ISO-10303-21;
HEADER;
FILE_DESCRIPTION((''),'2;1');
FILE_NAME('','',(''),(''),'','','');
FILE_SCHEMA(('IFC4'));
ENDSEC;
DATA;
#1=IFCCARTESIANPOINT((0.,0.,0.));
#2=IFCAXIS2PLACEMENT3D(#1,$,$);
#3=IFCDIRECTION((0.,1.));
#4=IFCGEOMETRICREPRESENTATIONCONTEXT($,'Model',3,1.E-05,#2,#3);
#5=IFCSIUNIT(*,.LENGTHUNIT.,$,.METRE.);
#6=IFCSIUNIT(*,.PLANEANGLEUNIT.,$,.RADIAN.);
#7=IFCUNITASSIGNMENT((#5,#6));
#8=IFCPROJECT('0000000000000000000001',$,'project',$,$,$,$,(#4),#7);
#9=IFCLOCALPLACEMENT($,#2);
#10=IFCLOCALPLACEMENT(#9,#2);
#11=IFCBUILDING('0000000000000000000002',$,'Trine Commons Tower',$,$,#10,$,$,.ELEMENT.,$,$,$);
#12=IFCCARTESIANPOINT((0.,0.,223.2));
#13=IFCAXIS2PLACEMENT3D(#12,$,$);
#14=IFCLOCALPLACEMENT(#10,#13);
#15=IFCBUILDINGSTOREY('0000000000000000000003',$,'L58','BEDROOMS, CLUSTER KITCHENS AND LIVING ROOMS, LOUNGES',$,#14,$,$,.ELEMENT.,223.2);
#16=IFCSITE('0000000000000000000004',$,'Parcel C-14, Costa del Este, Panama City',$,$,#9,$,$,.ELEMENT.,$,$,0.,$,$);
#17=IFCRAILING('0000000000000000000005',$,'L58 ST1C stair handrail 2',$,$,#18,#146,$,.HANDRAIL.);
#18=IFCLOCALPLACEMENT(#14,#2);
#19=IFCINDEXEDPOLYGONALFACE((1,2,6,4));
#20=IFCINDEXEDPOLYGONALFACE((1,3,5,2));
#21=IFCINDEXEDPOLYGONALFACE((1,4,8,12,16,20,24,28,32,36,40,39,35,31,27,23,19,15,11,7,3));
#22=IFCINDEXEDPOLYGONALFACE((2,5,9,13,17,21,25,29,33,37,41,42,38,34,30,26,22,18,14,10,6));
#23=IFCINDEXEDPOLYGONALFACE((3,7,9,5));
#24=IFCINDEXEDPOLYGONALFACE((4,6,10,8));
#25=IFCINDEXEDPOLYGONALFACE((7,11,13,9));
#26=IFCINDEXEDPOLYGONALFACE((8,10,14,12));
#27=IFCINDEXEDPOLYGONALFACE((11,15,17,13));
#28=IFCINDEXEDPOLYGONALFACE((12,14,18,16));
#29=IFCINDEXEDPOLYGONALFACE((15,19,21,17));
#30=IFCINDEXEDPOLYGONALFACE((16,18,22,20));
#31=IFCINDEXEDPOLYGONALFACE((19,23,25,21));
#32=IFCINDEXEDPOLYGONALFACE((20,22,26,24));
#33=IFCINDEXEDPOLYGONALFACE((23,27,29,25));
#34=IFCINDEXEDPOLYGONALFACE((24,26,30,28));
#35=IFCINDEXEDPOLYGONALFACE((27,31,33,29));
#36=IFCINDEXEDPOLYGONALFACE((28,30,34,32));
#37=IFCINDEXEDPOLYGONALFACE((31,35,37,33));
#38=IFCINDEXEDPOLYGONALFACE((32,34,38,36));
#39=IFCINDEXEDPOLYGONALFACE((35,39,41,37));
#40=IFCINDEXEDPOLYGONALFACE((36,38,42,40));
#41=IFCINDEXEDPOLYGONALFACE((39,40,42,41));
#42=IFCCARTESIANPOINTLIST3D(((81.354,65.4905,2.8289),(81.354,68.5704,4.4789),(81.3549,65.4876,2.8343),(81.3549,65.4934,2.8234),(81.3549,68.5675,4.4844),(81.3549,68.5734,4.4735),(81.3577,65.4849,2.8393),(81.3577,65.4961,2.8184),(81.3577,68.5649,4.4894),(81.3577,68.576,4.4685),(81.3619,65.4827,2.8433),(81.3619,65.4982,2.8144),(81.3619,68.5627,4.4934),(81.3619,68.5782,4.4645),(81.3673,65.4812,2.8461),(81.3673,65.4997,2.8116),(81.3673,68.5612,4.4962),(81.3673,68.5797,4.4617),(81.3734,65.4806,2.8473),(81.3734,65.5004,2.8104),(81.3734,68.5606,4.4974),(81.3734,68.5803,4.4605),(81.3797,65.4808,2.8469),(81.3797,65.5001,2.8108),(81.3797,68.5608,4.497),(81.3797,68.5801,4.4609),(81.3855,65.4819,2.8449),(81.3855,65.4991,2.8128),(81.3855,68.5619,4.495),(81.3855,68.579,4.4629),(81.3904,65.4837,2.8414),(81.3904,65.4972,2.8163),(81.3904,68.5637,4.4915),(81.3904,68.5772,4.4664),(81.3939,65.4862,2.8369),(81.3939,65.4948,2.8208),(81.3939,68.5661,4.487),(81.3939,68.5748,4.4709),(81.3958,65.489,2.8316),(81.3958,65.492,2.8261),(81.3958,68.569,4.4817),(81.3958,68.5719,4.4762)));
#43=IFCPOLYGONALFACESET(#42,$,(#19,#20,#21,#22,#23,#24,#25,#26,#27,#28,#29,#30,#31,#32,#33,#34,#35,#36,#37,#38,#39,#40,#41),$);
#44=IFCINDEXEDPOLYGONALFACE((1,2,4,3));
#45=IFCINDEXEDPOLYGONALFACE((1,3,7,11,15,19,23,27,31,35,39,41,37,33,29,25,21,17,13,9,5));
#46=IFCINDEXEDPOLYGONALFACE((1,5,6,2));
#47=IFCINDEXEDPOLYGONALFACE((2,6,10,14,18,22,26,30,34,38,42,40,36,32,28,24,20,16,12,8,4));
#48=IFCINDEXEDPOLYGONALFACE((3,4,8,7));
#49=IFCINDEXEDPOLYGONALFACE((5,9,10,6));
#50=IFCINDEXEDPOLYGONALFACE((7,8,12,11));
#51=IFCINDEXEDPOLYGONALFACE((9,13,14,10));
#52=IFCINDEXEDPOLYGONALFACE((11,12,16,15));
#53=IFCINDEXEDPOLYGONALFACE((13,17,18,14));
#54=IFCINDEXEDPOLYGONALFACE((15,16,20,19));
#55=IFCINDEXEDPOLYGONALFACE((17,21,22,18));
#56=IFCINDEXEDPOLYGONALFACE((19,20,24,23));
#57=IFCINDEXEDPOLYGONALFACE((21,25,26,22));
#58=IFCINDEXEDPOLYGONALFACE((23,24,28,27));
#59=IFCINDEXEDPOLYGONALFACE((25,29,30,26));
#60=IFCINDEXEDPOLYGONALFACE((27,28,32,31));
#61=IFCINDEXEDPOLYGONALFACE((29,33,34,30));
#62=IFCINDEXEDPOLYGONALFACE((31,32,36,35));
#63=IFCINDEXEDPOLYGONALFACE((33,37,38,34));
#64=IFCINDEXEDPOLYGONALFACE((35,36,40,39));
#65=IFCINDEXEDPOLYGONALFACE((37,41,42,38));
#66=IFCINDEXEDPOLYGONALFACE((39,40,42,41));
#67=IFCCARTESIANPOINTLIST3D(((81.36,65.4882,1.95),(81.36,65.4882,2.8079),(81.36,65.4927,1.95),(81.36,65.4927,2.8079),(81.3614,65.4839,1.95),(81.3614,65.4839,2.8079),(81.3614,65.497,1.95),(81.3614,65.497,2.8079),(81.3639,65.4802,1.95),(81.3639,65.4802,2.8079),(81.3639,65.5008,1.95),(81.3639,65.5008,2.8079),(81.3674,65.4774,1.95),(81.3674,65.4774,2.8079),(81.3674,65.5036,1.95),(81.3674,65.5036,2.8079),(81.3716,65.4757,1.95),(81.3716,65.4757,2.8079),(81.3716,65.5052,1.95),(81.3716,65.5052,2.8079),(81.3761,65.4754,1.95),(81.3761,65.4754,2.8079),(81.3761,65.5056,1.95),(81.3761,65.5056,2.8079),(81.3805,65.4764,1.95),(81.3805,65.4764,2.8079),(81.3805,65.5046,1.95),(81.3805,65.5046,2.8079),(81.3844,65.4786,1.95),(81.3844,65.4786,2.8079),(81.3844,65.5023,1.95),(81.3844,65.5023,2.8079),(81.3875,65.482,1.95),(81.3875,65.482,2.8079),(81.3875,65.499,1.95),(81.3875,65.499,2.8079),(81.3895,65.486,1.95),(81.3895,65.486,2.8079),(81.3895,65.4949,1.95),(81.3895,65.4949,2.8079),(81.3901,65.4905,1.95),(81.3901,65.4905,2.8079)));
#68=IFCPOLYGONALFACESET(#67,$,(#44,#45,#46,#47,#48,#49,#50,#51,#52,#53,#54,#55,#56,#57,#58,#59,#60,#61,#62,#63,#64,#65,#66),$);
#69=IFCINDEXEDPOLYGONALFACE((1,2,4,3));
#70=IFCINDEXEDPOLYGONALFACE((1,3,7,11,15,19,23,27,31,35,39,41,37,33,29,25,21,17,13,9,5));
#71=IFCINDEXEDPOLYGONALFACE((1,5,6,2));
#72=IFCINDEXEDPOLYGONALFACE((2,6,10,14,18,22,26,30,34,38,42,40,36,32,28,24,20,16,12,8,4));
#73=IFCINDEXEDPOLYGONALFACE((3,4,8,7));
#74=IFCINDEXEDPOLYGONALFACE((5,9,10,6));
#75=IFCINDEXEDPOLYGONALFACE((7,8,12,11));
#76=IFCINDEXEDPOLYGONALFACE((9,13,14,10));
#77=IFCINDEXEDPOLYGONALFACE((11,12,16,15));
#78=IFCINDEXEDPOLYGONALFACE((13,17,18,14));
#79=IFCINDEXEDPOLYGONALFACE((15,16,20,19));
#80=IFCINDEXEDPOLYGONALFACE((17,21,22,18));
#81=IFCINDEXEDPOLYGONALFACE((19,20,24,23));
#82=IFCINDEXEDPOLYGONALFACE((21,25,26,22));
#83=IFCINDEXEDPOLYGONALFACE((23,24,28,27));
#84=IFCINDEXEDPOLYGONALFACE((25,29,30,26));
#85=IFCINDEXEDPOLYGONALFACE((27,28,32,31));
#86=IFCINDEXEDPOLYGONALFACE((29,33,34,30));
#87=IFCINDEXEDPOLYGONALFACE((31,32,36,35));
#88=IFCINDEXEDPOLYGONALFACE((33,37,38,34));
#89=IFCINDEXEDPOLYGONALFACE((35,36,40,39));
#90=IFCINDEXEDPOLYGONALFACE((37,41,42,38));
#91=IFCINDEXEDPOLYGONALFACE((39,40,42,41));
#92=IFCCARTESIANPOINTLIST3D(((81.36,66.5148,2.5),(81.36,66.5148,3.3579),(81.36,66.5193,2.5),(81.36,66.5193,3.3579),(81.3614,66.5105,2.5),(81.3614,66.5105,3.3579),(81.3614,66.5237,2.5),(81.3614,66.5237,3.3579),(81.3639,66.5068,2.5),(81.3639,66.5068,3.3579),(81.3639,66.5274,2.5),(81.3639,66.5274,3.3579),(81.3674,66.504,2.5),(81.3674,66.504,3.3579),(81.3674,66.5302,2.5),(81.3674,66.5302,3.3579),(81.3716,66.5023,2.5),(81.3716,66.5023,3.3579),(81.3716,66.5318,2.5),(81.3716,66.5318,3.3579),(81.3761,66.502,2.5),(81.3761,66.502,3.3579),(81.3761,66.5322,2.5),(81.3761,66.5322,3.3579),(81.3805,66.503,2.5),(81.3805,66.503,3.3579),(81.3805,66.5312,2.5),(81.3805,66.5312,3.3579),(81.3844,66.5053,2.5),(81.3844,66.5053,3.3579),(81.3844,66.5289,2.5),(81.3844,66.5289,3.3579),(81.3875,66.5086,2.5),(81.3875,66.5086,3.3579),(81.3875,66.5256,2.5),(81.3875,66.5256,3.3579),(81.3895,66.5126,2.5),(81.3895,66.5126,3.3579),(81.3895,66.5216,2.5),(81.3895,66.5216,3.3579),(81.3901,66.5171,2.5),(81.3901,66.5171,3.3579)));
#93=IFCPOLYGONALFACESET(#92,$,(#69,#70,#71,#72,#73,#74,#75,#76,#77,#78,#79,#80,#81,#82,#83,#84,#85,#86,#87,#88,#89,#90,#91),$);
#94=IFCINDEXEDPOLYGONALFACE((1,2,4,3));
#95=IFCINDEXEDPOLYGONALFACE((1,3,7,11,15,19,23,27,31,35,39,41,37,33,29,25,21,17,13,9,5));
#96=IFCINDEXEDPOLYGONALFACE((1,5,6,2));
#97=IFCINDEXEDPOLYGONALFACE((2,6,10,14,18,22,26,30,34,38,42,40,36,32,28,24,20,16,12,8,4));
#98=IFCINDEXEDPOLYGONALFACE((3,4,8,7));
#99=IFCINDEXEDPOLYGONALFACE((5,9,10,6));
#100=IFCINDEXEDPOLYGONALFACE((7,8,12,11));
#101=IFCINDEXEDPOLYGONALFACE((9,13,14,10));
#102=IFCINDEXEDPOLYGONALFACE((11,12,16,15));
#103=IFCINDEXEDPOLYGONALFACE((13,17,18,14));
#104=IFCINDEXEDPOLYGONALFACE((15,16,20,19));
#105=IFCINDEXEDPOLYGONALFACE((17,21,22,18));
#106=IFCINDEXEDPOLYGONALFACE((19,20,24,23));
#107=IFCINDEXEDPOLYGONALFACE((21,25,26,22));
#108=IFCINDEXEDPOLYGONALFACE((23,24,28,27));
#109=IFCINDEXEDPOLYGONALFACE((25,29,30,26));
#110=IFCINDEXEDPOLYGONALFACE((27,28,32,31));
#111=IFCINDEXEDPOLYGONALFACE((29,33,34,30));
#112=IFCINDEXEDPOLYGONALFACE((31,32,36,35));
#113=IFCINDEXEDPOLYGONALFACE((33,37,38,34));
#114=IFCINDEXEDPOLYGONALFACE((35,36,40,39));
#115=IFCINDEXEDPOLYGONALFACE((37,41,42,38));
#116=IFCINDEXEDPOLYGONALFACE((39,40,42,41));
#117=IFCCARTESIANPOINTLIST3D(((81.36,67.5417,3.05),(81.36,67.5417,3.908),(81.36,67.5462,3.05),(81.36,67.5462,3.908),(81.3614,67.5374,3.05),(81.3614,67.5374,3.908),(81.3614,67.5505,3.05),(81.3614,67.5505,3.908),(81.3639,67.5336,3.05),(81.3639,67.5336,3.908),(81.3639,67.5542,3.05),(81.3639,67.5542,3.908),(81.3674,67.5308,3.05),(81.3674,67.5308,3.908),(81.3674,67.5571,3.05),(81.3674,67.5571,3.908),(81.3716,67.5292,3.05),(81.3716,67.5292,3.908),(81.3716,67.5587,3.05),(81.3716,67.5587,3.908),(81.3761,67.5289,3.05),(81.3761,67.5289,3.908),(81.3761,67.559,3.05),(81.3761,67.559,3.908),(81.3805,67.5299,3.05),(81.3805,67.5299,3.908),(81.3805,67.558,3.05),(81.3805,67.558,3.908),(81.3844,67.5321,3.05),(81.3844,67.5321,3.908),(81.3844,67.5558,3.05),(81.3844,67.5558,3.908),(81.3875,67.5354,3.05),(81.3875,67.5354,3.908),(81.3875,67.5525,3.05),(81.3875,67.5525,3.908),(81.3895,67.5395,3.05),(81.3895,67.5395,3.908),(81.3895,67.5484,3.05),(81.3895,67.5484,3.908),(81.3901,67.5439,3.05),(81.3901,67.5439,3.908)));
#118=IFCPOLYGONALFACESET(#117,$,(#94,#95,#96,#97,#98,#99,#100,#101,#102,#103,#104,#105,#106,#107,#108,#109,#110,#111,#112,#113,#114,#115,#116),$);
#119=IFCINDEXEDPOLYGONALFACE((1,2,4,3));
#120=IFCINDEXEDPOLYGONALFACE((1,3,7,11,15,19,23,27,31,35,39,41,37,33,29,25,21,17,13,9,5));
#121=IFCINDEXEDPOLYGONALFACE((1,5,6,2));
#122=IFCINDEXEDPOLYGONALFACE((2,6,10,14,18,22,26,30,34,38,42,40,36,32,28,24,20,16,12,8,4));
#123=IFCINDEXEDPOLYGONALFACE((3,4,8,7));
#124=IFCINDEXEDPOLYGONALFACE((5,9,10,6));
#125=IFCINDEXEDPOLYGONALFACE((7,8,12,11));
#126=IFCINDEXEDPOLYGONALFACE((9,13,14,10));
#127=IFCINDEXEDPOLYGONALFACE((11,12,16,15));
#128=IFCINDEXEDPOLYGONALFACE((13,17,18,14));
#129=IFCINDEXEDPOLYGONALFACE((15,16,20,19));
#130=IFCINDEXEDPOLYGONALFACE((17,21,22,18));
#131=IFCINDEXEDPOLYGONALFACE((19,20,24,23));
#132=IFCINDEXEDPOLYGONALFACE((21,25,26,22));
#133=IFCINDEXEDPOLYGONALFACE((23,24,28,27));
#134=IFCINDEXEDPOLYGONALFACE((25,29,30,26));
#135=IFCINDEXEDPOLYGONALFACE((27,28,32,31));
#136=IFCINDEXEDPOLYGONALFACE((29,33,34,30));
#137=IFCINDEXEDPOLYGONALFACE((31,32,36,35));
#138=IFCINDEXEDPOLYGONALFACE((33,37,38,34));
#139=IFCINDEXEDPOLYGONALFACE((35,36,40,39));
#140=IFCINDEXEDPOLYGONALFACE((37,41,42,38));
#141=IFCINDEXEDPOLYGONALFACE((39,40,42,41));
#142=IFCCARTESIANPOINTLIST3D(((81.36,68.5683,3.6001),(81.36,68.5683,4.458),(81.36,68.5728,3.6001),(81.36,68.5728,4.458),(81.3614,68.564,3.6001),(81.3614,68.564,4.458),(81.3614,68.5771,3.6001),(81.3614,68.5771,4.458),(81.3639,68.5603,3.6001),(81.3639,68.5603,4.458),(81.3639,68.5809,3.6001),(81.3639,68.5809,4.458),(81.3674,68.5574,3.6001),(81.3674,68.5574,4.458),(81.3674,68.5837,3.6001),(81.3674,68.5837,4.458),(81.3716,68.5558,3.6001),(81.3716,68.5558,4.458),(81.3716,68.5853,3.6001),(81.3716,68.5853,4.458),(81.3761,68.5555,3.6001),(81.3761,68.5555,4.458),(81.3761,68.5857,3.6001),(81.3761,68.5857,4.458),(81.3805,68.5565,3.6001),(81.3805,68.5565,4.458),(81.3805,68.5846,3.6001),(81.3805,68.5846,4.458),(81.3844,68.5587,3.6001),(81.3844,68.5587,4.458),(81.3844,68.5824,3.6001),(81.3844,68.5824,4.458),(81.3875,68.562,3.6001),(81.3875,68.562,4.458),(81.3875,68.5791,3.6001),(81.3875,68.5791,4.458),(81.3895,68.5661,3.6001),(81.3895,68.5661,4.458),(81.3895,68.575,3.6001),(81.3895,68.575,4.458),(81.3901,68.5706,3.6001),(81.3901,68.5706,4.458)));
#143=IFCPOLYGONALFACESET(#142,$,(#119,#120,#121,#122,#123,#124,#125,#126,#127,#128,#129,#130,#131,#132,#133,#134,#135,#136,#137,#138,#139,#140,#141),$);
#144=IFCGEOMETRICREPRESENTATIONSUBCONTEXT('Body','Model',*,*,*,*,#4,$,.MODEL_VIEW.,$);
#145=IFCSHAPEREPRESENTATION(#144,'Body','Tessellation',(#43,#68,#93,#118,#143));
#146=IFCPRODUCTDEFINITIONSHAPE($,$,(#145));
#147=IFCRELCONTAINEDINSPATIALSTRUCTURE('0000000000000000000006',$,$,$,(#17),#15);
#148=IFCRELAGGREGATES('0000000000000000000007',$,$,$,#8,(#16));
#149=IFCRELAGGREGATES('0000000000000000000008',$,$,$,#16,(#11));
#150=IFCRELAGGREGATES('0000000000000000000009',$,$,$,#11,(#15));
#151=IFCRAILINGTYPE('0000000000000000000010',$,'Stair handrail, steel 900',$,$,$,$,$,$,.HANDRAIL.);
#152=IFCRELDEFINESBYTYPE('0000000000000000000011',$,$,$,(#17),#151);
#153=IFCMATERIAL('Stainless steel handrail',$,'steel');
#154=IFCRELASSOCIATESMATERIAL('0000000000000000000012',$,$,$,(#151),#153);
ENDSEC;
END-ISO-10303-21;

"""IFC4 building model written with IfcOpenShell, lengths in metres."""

from ifc_helpers import new_model, si_unit, direction, frame, origin, origin_2d, place, context, subcontext, project, spatial, circle, extrude, material, type_object, element, save


model = new_model("IFC4")

# Units and contexts
model_context = context("Model", 3, precision=1e-05, world=origin(), true_north=direction((0.0, 1.0)))
body_context = subcontext(model_context, "Body", "Model", "MODEL_VIEW")
ifc_project = project(units=[si_unit("LENGTHUNIT", "METRE"), si_unit("PLANEANGLEUNIT", "RADIAN")], contexts=[model_context])

# Site, building, storey
site_placement = place(None, origin())
site = spatial("IfcSite", under=ifc_project, at=site_placement, Name="Parcel C-14, Costa del Este, Panama City", CompositionType="ELEMENT", RefElevation=0.0)
building_placement = place(site_placement, origin())
building = spatial("IfcBuilding", under=site, at=building_placement, Name="Trine Commons Tower", CompositionType="ELEMENT")
storey_placement = place(building_placement, frame((0.0, 0.0, 223.2)))
storey = spatial("IfcBuildingStorey", under=building, at=storey_placement, Name="L58", Description="BEDROOMS, CLUSTER KITCHENS AND LIVING ROOMS, LOUNGES", CompositionType="ELEMENT", Elevation=223.2)

# Railing
ifc_material_1 = material(Name="Stainless steel handrail", Category="steel")
railing_type = type_object("IfcRailingType", Name="Stair handrail, steel 900", PredefinedType="HANDRAIL", material=ifc_material_1)
railing_1_placement = place(storey_placement, frame((81.375, 65.4905, 1.95)))
element("IfcRailing", 1, at=railing_1_placement, inside=storey, type_object=railing_type, Name="L58 ST1C stair handrail 2", PredefinedType="HANDRAIL", context=body_context, shape_type="SweptSolid", body=[
    extrude(circle(Radius=0.021, at=origin_2d()), frame((0.0, 0.0, 0.8789), z_axis=(0.0, 0.881468, 0.472245), x_axis=(-1.0, 0.0, 0.0)), (0.0, 0.0, 1.0), 3.4941),
    extrude(circle(Radius=0.0151, at=origin_2d()), origin(), (0.0, 0.0, 1.0), 0.8579),
    extrude(circle(Radius=0.0151, at=origin_2d()), frame((0.0, 1.0266, 0.55)), (0.0, 0.0, 1.0), 0.8579),
    extrude(circle(Radius=0.0151, at=origin_2d()), frame((0.0, 2.0535, 1.1001)), (0.0, 0.0, 1.0), 0.8579),
    extrude(circle(Radius=0.0151, at=origin_2d()), frame((0.0, 3.0801, 1.6501)), (0.0, 0.0, 1.0), 0.8579),
])

save(model, "model.ifc")
